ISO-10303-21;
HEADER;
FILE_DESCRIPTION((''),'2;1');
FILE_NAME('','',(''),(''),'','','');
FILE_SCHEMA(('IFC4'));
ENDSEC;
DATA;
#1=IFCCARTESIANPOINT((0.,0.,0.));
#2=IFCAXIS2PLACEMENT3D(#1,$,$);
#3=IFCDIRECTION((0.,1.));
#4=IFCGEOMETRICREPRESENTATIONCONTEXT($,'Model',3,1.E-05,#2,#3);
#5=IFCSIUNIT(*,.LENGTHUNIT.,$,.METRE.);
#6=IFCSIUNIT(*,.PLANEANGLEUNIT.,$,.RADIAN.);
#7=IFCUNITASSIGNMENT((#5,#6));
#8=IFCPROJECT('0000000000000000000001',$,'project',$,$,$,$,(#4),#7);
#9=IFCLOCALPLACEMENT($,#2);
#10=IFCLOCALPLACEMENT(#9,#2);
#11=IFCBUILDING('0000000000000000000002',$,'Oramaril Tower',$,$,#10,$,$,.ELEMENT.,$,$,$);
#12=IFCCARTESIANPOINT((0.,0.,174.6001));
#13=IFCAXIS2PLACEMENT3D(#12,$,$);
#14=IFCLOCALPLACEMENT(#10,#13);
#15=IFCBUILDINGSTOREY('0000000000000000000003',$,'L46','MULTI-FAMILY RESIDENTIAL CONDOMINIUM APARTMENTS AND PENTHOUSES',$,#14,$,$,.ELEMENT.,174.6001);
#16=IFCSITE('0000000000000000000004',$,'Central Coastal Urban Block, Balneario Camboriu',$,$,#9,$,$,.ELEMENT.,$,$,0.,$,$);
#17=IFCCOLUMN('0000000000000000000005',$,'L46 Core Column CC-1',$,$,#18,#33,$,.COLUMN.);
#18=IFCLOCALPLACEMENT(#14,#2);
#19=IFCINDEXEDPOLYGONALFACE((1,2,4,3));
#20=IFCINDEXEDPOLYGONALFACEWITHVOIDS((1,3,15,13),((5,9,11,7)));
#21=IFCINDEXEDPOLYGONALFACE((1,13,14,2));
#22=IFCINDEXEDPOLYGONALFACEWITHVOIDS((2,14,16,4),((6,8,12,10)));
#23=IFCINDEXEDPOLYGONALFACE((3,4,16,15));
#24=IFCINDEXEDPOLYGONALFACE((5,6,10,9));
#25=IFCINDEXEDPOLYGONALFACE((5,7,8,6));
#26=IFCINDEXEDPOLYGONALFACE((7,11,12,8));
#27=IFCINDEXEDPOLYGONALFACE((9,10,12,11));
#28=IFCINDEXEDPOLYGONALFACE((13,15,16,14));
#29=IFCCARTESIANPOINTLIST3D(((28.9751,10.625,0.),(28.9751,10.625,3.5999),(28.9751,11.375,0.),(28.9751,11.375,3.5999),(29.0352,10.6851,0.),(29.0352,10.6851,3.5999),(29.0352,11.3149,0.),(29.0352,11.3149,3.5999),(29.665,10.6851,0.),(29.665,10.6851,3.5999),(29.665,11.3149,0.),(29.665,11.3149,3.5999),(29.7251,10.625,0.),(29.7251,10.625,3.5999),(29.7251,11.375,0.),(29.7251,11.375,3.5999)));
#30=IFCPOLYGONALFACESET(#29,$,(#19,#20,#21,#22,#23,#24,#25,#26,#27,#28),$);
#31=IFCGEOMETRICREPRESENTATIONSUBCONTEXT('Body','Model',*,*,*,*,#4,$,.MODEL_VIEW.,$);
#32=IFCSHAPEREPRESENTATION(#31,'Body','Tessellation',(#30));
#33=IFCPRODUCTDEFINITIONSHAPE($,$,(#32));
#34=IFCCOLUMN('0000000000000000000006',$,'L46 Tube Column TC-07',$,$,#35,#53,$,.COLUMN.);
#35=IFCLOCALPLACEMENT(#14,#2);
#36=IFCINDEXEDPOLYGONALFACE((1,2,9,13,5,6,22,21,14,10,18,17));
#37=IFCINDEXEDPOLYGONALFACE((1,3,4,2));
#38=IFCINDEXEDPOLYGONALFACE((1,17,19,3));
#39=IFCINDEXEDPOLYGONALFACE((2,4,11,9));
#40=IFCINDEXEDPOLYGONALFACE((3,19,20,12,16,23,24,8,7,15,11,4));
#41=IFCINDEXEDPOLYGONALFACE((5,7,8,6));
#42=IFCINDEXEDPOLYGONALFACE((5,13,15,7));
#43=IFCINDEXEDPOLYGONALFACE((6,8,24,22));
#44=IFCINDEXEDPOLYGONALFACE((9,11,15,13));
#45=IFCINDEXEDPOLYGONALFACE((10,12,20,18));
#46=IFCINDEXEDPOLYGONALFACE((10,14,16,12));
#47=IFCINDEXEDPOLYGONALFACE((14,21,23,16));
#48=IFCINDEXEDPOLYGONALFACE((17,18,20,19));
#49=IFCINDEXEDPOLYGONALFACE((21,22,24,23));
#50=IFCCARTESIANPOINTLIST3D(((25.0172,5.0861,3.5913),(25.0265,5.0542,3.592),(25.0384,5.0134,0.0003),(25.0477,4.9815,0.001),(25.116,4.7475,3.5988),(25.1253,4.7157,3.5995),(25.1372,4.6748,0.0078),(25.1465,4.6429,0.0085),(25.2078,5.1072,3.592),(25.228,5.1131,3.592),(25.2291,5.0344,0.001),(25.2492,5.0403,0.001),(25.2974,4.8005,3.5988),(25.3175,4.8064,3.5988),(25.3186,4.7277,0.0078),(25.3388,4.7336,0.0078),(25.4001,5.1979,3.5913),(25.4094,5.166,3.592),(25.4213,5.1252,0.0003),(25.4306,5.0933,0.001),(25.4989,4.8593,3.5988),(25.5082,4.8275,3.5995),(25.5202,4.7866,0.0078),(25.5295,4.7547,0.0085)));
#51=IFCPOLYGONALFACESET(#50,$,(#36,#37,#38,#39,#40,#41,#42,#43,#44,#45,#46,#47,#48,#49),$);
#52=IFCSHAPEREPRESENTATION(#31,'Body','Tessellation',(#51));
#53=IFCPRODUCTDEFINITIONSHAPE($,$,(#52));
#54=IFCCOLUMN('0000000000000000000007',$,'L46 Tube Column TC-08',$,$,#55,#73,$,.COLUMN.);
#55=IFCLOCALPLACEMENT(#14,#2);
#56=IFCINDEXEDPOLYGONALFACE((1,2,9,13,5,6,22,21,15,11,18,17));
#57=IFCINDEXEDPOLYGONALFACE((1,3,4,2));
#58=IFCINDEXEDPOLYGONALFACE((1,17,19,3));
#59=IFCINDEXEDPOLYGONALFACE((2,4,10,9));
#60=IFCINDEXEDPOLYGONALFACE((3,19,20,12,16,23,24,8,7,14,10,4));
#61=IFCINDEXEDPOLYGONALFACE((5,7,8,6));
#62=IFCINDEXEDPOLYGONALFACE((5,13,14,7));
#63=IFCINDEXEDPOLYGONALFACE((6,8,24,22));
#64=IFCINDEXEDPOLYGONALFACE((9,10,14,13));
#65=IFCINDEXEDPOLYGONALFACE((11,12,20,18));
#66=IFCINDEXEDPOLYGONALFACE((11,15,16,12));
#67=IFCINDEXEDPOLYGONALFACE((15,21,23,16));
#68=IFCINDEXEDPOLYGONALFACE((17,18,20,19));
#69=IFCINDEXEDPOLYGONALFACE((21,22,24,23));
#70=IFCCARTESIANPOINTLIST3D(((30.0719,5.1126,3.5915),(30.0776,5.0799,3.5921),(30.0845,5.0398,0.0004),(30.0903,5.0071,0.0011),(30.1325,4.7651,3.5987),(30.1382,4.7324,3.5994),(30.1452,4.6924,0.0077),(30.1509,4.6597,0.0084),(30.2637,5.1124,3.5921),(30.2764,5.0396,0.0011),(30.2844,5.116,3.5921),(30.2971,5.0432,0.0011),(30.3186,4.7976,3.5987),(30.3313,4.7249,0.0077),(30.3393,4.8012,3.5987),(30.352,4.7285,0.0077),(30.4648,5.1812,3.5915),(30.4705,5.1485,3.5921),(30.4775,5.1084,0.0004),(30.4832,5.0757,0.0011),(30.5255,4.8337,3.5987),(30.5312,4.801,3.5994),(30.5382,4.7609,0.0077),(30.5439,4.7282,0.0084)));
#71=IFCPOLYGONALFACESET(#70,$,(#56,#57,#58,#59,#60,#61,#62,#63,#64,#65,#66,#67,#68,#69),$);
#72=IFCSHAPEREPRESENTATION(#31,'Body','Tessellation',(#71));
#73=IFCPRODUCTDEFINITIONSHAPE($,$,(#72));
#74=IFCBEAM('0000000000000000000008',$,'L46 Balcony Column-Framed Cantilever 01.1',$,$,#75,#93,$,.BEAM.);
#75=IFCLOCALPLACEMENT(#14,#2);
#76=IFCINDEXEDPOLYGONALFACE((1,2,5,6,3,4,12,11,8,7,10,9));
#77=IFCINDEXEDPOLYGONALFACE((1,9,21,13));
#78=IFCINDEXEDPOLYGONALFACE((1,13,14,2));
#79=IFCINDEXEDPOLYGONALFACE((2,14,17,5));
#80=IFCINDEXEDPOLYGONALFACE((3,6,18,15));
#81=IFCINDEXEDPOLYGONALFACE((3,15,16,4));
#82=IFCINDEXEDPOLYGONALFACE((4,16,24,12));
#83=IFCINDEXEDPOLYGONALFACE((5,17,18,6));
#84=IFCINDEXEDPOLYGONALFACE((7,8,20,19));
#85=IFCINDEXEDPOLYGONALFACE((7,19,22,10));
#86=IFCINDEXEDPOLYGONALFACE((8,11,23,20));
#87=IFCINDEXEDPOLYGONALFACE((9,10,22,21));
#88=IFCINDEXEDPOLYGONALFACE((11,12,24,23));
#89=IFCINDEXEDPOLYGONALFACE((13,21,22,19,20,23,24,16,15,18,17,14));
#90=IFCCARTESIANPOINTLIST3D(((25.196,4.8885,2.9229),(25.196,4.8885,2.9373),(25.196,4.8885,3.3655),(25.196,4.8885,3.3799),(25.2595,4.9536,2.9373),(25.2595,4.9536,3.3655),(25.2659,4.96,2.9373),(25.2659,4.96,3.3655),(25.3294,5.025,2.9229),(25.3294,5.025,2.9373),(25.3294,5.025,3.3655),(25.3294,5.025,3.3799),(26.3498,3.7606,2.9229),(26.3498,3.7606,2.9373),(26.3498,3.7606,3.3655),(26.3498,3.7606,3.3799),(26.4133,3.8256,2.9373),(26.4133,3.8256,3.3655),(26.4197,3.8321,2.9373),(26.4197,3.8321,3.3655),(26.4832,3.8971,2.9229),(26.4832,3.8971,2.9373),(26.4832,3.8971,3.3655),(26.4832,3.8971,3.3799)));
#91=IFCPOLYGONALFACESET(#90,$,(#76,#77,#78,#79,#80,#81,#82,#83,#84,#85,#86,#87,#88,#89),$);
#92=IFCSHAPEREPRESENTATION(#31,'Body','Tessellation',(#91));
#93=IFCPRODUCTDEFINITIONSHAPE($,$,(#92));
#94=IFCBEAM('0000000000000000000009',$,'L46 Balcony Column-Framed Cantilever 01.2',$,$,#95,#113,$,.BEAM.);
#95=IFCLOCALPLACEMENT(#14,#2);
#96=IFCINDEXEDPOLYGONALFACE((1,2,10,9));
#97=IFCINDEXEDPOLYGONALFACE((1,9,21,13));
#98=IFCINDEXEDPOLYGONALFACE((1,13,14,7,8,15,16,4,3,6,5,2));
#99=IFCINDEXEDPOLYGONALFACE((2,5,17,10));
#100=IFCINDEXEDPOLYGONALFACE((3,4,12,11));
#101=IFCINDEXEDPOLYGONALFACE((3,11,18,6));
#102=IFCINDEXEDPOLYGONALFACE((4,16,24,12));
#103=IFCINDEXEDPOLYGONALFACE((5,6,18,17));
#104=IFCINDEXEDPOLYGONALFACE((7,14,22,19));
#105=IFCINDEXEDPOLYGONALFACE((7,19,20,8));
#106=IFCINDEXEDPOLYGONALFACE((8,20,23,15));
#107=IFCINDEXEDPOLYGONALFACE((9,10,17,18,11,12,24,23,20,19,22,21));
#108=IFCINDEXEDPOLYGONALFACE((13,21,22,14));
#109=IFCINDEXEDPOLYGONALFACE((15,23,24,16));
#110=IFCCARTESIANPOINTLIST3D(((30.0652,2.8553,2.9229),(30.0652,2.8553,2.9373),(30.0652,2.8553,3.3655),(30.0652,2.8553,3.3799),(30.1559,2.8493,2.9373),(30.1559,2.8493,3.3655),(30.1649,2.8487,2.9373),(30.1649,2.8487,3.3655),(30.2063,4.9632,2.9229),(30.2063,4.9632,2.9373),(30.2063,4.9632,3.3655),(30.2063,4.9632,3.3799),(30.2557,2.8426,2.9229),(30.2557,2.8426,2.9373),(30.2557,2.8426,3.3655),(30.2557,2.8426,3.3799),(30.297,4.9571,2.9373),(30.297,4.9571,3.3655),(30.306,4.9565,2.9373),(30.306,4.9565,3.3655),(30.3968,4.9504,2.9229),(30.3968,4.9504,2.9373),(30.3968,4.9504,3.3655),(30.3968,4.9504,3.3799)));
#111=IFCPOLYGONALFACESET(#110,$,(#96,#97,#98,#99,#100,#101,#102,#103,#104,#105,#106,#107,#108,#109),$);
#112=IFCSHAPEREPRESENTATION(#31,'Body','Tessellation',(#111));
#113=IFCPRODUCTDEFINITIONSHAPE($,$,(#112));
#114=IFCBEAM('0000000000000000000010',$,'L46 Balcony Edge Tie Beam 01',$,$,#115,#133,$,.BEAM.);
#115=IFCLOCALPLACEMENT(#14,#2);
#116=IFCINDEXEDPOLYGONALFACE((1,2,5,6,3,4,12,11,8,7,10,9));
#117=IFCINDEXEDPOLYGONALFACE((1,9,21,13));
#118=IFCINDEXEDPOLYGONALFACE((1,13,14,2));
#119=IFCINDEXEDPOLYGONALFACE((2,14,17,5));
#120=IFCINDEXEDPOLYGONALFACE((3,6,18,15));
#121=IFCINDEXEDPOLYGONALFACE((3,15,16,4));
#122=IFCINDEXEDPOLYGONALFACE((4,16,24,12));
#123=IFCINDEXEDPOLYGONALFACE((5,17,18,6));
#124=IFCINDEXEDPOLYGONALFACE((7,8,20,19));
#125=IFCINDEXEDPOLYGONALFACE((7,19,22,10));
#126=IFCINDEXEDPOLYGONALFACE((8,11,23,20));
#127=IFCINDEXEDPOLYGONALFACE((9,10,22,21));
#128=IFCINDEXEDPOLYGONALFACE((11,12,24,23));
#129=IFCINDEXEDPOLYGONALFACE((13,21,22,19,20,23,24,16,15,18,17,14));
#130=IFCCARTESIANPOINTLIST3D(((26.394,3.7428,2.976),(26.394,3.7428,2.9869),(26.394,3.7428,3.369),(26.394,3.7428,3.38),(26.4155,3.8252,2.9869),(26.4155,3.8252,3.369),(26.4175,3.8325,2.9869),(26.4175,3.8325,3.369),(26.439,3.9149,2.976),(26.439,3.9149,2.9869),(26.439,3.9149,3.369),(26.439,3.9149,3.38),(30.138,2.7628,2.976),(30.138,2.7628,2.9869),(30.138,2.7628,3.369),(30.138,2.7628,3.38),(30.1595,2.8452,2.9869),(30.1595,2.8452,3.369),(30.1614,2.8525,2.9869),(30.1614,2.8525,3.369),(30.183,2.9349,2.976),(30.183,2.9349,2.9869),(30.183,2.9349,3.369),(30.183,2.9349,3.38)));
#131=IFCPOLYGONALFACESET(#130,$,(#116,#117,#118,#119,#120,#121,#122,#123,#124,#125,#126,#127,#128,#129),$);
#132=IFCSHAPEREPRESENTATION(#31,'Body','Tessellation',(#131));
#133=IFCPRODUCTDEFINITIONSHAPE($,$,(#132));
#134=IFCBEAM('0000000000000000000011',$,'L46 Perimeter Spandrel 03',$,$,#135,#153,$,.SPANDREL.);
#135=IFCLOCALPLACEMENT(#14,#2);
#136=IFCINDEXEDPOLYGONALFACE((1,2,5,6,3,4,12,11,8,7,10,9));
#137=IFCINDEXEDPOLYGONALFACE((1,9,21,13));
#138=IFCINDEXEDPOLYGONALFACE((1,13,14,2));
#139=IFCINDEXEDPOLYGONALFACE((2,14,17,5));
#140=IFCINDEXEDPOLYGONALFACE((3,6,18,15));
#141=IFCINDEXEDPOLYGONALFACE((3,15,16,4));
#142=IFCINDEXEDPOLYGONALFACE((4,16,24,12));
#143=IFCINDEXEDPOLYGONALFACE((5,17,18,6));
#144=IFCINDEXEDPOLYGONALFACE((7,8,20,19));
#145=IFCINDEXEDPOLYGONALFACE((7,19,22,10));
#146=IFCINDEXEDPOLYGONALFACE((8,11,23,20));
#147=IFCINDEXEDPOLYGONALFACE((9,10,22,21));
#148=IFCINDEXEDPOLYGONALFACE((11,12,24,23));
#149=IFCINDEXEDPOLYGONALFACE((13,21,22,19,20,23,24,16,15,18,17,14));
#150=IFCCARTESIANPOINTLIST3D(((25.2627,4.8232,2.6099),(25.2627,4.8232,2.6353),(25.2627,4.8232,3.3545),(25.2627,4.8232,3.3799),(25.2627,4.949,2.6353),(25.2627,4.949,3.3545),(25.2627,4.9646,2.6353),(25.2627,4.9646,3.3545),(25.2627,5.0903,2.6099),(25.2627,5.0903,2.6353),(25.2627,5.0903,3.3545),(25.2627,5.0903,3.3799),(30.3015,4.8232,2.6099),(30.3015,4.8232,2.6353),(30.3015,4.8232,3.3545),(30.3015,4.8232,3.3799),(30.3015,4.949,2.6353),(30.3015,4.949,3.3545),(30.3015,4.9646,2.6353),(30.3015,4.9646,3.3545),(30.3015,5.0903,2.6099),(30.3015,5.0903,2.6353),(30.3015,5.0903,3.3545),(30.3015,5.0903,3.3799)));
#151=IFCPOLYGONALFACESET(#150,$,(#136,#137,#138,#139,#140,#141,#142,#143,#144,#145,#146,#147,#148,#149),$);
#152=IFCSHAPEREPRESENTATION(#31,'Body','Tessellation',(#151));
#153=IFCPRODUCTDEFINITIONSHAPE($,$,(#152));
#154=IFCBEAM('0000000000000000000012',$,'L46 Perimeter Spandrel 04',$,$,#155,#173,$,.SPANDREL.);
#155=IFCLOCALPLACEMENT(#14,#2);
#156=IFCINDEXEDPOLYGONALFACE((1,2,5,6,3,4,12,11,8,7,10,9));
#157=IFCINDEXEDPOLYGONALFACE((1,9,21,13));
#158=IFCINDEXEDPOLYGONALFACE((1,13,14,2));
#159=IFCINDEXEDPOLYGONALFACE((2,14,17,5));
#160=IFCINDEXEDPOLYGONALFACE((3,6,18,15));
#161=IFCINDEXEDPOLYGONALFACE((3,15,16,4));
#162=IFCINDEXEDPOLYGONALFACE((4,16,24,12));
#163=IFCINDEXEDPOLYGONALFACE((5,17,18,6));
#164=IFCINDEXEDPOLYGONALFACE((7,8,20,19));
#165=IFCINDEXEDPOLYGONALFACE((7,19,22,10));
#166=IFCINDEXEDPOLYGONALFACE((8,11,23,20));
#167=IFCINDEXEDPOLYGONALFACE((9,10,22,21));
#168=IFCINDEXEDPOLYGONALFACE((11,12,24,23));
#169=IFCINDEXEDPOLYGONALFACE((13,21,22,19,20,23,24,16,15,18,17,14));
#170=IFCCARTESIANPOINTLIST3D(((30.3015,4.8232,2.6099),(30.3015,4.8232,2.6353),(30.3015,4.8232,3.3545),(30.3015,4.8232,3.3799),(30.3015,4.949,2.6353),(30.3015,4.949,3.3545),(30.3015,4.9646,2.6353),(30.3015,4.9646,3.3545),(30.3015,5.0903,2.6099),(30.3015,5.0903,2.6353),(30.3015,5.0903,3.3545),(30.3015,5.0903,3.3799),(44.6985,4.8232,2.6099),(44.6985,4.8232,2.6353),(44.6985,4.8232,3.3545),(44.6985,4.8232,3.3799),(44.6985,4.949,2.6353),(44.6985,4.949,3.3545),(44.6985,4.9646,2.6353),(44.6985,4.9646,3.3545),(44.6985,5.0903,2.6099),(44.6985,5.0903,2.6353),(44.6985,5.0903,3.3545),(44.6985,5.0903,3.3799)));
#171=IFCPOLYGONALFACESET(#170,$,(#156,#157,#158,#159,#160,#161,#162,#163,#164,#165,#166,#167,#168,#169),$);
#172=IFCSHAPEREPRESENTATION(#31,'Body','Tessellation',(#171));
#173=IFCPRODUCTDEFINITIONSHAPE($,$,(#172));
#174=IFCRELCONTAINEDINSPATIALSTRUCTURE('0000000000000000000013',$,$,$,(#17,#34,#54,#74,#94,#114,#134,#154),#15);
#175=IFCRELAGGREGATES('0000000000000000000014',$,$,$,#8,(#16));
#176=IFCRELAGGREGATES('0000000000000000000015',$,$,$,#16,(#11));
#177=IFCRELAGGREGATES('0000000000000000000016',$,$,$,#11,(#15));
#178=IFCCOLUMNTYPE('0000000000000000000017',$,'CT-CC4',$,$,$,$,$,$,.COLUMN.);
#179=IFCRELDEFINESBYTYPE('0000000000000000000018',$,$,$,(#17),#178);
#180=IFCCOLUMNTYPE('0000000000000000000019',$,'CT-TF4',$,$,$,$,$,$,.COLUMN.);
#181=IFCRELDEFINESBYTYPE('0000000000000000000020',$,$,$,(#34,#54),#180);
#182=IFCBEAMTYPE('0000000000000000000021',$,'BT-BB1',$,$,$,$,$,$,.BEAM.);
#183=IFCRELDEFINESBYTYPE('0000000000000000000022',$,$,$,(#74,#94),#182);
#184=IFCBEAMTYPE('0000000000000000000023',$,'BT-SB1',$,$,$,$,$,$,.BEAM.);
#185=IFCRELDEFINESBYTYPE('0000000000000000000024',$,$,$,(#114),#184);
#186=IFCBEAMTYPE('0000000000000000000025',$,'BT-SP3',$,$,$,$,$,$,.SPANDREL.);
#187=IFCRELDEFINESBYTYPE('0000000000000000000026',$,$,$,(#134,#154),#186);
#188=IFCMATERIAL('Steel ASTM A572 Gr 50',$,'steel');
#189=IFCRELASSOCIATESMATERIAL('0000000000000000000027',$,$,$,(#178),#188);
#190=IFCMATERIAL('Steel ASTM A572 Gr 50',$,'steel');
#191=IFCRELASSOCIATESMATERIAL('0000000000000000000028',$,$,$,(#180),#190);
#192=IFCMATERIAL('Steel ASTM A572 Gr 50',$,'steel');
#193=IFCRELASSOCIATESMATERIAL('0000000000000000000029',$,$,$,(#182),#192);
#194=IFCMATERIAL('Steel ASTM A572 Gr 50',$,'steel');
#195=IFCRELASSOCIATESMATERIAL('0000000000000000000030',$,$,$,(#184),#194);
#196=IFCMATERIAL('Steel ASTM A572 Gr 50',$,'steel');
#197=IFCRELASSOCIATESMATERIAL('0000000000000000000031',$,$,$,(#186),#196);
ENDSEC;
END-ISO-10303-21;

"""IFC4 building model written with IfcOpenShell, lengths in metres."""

from ifc_helpers import new_model, si_unit, direction, frame, origin, origin_2d, place, context, subcontext, project, spatial, hollow_rectangle, i_section, extrude, material, material_profile, profile_set, type_object, element, save


model = new_model("IFC4")

# Units and contexts
model_context = context("Model", 3, precision=1e-05, world=origin(), true_north=direction((0.0, 1.0)))
body_context = subcontext(model_context, "Body", "Model", "MODEL_VIEW")
ifc_project = project(units=[si_unit("LENGTHUNIT", "METRE"), si_unit("PLANEANGLEUNIT", "RADIAN")], contexts=[model_context])

# Site, building, storey
site_placement = place(None, origin())
site = spatial("IfcSite", under=ifc_project, at=site_placement, Name="Central Coastal Urban Block, Balneario Camboriu", CompositionType="ELEMENT", RefElevation=0.0)
building_placement = place(site_placement, origin())
building = spatial("IfcBuilding", under=site, at=building_placement, Name="Oramaril Tower", CompositionType="ELEMENT")
storey_placement = place(building_placement, frame((0.0, 0.0, 174.6001)))
storey = spatial("IfcBuildingStorey", under=building, at=storey_placement, Name="L46", Description="MULTI-FAMILY RESIDENTIAL CONDOMINIUM APARTMENTS AND PENTHOUSES", CompositionType="ELEMENT", Elevation=174.6001)

# Columns
ifc_material_1 = material(Name="Steel ASTM A572 Gr 50", Category="steel")
ifc_material_profile_1 = material_profile(ifc_material_1, hollow_rectangle(XDim=0.75, YDim=0.75, WallThickness=0.0601, at=origin_2d()), Name="BOX750X750X60")
ifc_profile_set_1 = profile_set([ifc_material_profile_1], Name="Steel ASTM A572 Gr 50")
column_type_1 = type_object("IfcColumnType", Name="CT-CC4", PredefinedType="COLUMN", material=ifc_profile_set_1)
column_placement = place(storey_placement, frame((29.3501, 11.0, 0.0), z_axis=(0.0, 0.0, 1.0), x_axis=(1.0, 0.0, 0.0)))
element("IfcColumn", 1, at=column_placement, inside=storey, type_object=column_type_1, Name="L46 Core Column CC-1", PredefinedType="COLUMN", context=body_context, shape_type="SweptSolid", body=[
    extrude(hollow_rectangle(XDim=0.75, YDim=0.75, WallThickness=0.0601, at=origin_2d()), origin(), (0.0, 0.0, 1.0), 3.5999),
])
ifc_material_2 = material(Name="Steel ASTM A572 Gr 50", Category="steel")
ifc_material_profile_2 = material_profile(ifc_material_2, i_section(OverallWidth=0.3989, OverallDepth=0.386, WebThickness=0.021, FlangeThickness=0.0332, at=origin_2d()), Name="W14X176")
ifc_profile_set_2 = profile_set([ifc_material_profile_2], Name="Steel ASTM A572 Gr 50")
column_type_2 = type_object("IfcColumnType", Name="CT-TF4", PredefinedType="COLUMN", material=ifc_profile_set_2)
for number, where, z_axis, x_axis, name in (
    (2, (25.2839, 4.884, 0.0044), (-0.005913, 0.020255, 0.999777), (-0.959928, -0.280247, 0.0), "L46 Tube Column TC-07"),
    (3, (30.3142, 4.884, 0.0044), (-0.003535, 0.020255, 0.999789), (-0.985115, -0.171899, 0.0), "L46 Tube Column TC-08"),
):
    element("IfcColumn", number, at=place(storey_placement, frame(where, z_axis=z_axis, x_axis=x_axis)), inside=storey, type_object=column_type_2, Name=name, PredefinedType="COLUMN", context=body_context, shape_type="SweptSolid", body=[
        extrude(i_section(OverallWidth=0.3989, OverallDepth=0.386, WebThickness=0.021, FlangeThickness=0.0332, at=origin_2d()), origin(), (0.0, 0.0, 1.0), 3.5918),
    ])

# Beams
ifc_material_3 = material(Name="Steel ASTM A572 Gr 50", Category="steel")
ifc_material_profile_3 = material_profile(ifc_material_3, i_section(OverallWidth=0.1909, OverallDepth=0.457, WebThickness=0.009, FlangeThickness=0.0144, at=origin_2d()), Name="W18X50")
ifc_profile_set_3 = profile_set([ifc_material_profile_3], Name="Steel ASTM A572 Gr 50")
beam_type_1 = type_object("IfcBeamType", Name="BT-BB1", PredefinedType="BEAM", material=ifc_profile_set_3)
beam_1_placement = place(storey_placement, frame((25.2627, 4.9568, 3.1514), z_axis=(0.715081, -0.699042, 0.0), x_axis=(0.699042, 0.715081, 0.0)))
element("IfcBeam", 4, at=beam_1_placement, inside=storey, type_object=beam_type_1, Name="L46 Balcony Column-Framed Cantilever 01.1", PredefinedType="BEAM", context=body_context, shape_type="SweptSolid", body=[
    extrude(i_section(OverallWidth=0.1909, OverallDepth=0.457, WebThickness=0.009, FlangeThickness=0.0144, at=origin_2d()), origin(), (0.0, 0.0, 1.0), 1.6135),
])
beam_2_placement = place(storey_placement, frame((30.3015, 4.9568, 3.1514), z_axis=(-0.066795, -0.997767, 0.0), x_axis=(0.997767, -0.066795, 0.0)))
element("IfcBeam", 5, at=beam_2_placement, inside=storey, type_object=beam_type_1, Name="L46 Balcony Column-Framed Cantilever 01.2", PredefinedType="BEAM", context=body_context, shape_type="SweptSolid", body=[
    extrude(i_section(OverallWidth=0.1909, OverallDepth=0.457, WebThickness=0.009, FlangeThickness=0.0144, at=origin_2d()), origin(), (0.0, 0.0, 1.0), 2.1125),
])
ifc_material_4 = material(Name="Steel ASTM A572 Gr 50", Category="steel")
ifc_material_profile_4 = material_profile(ifc_material_4, i_section(OverallWidth=0.178, OverallDepth=0.4041, WebThickness=0.0076, FlangeThickness=0.011, at=origin_2d()), Name="W16X36")
ifc_profile_set_4 = profile_set([ifc_material_profile_4], Name="Steel ASTM A572 Gr 50")
beam_type_2 = type_object("IfcBeamType", Name="BT-SB1", PredefinedType="BEAM", material=ifc_profile_set_4)
beam_3_placement = place(storey_placement, frame((26.4165, 3.8289, 3.178), z_axis=(0.967408, -0.253223, 0.0), x_axis=(0.253223, 0.967408, 0.0)))
element("IfcBeam", 6, at=beam_3_placement, inside=storey, type_object=beam_type_2, Name="L46 Balcony Edge Tie Beam 01", PredefinedType="BEAM", context=body_context, shape_type="SweptSolid", body=[
    extrude(i_section(OverallWidth=0.178, OverallDepth=0.4041, WebThickness=0.0076, FlangeThickness=0.011, at=origin_2d()), origin(), (0.0, 0.0, 1.0), 3.8701),
])
ifc_material_5 = material(Name="Steel ASTM A572 Gr 50", Category="steel")
ifc_material_profile_5 = material_profile(ifc_material_5, i_section(OverallWidth=0.2671, OverallDepth=0.77, WebThickness=0.0156, FlangeThickness=0.0254, at=origin_2d()), Name="W30X132")
ifc_profile_set_5 = profile_set([ifc_material_profile_5], Name="Steel ASTM A572 Gr 50")
beam_type_3 = type_object("IfcBeamType", Name="BT-SP3", PredefinedType="SPANDREL", material=ifc_profile_set_5)
beam_4_placement = place(storey_placement, frame((25.2627, 4.9568, 2.9949), z_axis=(1.0, 0.0, 0.0), x_axis=(0.0, 1.0, 0.0)))
element("IfcBeam", 7, at=beam_4_placement, inside=storey, type_object=beam_type_3, Name="L46 Perimeter Spandrel 03", PredefinedType="SPANDREL", context=body_context, shape_type="SweptSolid", body=[
    extrude(i_section(OverallWidth=0.2671, OverallDepth=0.77, WebThickness=0.0156, FlangeThickness=0.0254, at=origin_2d()), origin(), (0.0, 0.0, 1.0), 5.0388),
])
beam_5_placement = place(storey_placement, frame((30.3015, 4.9568, 2.9949), z_axis=(1.0, 0.0, 0.0), x_axis=(0.0, 1.0, 0.0)))
element("IfcBeam", 8, at=beam_5_placement, inside=storey, type_object=beam_type_3, Name="L46 Perimeter Spandrel 04", PredefinedType="SPANDREL", context=body_context, shape_type="SweptSolid", body=[
    extrude(i_section(OverallWidth=0.2671, OverallDepth=0.77, WebThickness=0.0156, FlangeThickness=0.0254, at=origin_2d()), origin(), (0.0, 0.0, 1.0), 14.397),
])

save(model, "model.ifc")
